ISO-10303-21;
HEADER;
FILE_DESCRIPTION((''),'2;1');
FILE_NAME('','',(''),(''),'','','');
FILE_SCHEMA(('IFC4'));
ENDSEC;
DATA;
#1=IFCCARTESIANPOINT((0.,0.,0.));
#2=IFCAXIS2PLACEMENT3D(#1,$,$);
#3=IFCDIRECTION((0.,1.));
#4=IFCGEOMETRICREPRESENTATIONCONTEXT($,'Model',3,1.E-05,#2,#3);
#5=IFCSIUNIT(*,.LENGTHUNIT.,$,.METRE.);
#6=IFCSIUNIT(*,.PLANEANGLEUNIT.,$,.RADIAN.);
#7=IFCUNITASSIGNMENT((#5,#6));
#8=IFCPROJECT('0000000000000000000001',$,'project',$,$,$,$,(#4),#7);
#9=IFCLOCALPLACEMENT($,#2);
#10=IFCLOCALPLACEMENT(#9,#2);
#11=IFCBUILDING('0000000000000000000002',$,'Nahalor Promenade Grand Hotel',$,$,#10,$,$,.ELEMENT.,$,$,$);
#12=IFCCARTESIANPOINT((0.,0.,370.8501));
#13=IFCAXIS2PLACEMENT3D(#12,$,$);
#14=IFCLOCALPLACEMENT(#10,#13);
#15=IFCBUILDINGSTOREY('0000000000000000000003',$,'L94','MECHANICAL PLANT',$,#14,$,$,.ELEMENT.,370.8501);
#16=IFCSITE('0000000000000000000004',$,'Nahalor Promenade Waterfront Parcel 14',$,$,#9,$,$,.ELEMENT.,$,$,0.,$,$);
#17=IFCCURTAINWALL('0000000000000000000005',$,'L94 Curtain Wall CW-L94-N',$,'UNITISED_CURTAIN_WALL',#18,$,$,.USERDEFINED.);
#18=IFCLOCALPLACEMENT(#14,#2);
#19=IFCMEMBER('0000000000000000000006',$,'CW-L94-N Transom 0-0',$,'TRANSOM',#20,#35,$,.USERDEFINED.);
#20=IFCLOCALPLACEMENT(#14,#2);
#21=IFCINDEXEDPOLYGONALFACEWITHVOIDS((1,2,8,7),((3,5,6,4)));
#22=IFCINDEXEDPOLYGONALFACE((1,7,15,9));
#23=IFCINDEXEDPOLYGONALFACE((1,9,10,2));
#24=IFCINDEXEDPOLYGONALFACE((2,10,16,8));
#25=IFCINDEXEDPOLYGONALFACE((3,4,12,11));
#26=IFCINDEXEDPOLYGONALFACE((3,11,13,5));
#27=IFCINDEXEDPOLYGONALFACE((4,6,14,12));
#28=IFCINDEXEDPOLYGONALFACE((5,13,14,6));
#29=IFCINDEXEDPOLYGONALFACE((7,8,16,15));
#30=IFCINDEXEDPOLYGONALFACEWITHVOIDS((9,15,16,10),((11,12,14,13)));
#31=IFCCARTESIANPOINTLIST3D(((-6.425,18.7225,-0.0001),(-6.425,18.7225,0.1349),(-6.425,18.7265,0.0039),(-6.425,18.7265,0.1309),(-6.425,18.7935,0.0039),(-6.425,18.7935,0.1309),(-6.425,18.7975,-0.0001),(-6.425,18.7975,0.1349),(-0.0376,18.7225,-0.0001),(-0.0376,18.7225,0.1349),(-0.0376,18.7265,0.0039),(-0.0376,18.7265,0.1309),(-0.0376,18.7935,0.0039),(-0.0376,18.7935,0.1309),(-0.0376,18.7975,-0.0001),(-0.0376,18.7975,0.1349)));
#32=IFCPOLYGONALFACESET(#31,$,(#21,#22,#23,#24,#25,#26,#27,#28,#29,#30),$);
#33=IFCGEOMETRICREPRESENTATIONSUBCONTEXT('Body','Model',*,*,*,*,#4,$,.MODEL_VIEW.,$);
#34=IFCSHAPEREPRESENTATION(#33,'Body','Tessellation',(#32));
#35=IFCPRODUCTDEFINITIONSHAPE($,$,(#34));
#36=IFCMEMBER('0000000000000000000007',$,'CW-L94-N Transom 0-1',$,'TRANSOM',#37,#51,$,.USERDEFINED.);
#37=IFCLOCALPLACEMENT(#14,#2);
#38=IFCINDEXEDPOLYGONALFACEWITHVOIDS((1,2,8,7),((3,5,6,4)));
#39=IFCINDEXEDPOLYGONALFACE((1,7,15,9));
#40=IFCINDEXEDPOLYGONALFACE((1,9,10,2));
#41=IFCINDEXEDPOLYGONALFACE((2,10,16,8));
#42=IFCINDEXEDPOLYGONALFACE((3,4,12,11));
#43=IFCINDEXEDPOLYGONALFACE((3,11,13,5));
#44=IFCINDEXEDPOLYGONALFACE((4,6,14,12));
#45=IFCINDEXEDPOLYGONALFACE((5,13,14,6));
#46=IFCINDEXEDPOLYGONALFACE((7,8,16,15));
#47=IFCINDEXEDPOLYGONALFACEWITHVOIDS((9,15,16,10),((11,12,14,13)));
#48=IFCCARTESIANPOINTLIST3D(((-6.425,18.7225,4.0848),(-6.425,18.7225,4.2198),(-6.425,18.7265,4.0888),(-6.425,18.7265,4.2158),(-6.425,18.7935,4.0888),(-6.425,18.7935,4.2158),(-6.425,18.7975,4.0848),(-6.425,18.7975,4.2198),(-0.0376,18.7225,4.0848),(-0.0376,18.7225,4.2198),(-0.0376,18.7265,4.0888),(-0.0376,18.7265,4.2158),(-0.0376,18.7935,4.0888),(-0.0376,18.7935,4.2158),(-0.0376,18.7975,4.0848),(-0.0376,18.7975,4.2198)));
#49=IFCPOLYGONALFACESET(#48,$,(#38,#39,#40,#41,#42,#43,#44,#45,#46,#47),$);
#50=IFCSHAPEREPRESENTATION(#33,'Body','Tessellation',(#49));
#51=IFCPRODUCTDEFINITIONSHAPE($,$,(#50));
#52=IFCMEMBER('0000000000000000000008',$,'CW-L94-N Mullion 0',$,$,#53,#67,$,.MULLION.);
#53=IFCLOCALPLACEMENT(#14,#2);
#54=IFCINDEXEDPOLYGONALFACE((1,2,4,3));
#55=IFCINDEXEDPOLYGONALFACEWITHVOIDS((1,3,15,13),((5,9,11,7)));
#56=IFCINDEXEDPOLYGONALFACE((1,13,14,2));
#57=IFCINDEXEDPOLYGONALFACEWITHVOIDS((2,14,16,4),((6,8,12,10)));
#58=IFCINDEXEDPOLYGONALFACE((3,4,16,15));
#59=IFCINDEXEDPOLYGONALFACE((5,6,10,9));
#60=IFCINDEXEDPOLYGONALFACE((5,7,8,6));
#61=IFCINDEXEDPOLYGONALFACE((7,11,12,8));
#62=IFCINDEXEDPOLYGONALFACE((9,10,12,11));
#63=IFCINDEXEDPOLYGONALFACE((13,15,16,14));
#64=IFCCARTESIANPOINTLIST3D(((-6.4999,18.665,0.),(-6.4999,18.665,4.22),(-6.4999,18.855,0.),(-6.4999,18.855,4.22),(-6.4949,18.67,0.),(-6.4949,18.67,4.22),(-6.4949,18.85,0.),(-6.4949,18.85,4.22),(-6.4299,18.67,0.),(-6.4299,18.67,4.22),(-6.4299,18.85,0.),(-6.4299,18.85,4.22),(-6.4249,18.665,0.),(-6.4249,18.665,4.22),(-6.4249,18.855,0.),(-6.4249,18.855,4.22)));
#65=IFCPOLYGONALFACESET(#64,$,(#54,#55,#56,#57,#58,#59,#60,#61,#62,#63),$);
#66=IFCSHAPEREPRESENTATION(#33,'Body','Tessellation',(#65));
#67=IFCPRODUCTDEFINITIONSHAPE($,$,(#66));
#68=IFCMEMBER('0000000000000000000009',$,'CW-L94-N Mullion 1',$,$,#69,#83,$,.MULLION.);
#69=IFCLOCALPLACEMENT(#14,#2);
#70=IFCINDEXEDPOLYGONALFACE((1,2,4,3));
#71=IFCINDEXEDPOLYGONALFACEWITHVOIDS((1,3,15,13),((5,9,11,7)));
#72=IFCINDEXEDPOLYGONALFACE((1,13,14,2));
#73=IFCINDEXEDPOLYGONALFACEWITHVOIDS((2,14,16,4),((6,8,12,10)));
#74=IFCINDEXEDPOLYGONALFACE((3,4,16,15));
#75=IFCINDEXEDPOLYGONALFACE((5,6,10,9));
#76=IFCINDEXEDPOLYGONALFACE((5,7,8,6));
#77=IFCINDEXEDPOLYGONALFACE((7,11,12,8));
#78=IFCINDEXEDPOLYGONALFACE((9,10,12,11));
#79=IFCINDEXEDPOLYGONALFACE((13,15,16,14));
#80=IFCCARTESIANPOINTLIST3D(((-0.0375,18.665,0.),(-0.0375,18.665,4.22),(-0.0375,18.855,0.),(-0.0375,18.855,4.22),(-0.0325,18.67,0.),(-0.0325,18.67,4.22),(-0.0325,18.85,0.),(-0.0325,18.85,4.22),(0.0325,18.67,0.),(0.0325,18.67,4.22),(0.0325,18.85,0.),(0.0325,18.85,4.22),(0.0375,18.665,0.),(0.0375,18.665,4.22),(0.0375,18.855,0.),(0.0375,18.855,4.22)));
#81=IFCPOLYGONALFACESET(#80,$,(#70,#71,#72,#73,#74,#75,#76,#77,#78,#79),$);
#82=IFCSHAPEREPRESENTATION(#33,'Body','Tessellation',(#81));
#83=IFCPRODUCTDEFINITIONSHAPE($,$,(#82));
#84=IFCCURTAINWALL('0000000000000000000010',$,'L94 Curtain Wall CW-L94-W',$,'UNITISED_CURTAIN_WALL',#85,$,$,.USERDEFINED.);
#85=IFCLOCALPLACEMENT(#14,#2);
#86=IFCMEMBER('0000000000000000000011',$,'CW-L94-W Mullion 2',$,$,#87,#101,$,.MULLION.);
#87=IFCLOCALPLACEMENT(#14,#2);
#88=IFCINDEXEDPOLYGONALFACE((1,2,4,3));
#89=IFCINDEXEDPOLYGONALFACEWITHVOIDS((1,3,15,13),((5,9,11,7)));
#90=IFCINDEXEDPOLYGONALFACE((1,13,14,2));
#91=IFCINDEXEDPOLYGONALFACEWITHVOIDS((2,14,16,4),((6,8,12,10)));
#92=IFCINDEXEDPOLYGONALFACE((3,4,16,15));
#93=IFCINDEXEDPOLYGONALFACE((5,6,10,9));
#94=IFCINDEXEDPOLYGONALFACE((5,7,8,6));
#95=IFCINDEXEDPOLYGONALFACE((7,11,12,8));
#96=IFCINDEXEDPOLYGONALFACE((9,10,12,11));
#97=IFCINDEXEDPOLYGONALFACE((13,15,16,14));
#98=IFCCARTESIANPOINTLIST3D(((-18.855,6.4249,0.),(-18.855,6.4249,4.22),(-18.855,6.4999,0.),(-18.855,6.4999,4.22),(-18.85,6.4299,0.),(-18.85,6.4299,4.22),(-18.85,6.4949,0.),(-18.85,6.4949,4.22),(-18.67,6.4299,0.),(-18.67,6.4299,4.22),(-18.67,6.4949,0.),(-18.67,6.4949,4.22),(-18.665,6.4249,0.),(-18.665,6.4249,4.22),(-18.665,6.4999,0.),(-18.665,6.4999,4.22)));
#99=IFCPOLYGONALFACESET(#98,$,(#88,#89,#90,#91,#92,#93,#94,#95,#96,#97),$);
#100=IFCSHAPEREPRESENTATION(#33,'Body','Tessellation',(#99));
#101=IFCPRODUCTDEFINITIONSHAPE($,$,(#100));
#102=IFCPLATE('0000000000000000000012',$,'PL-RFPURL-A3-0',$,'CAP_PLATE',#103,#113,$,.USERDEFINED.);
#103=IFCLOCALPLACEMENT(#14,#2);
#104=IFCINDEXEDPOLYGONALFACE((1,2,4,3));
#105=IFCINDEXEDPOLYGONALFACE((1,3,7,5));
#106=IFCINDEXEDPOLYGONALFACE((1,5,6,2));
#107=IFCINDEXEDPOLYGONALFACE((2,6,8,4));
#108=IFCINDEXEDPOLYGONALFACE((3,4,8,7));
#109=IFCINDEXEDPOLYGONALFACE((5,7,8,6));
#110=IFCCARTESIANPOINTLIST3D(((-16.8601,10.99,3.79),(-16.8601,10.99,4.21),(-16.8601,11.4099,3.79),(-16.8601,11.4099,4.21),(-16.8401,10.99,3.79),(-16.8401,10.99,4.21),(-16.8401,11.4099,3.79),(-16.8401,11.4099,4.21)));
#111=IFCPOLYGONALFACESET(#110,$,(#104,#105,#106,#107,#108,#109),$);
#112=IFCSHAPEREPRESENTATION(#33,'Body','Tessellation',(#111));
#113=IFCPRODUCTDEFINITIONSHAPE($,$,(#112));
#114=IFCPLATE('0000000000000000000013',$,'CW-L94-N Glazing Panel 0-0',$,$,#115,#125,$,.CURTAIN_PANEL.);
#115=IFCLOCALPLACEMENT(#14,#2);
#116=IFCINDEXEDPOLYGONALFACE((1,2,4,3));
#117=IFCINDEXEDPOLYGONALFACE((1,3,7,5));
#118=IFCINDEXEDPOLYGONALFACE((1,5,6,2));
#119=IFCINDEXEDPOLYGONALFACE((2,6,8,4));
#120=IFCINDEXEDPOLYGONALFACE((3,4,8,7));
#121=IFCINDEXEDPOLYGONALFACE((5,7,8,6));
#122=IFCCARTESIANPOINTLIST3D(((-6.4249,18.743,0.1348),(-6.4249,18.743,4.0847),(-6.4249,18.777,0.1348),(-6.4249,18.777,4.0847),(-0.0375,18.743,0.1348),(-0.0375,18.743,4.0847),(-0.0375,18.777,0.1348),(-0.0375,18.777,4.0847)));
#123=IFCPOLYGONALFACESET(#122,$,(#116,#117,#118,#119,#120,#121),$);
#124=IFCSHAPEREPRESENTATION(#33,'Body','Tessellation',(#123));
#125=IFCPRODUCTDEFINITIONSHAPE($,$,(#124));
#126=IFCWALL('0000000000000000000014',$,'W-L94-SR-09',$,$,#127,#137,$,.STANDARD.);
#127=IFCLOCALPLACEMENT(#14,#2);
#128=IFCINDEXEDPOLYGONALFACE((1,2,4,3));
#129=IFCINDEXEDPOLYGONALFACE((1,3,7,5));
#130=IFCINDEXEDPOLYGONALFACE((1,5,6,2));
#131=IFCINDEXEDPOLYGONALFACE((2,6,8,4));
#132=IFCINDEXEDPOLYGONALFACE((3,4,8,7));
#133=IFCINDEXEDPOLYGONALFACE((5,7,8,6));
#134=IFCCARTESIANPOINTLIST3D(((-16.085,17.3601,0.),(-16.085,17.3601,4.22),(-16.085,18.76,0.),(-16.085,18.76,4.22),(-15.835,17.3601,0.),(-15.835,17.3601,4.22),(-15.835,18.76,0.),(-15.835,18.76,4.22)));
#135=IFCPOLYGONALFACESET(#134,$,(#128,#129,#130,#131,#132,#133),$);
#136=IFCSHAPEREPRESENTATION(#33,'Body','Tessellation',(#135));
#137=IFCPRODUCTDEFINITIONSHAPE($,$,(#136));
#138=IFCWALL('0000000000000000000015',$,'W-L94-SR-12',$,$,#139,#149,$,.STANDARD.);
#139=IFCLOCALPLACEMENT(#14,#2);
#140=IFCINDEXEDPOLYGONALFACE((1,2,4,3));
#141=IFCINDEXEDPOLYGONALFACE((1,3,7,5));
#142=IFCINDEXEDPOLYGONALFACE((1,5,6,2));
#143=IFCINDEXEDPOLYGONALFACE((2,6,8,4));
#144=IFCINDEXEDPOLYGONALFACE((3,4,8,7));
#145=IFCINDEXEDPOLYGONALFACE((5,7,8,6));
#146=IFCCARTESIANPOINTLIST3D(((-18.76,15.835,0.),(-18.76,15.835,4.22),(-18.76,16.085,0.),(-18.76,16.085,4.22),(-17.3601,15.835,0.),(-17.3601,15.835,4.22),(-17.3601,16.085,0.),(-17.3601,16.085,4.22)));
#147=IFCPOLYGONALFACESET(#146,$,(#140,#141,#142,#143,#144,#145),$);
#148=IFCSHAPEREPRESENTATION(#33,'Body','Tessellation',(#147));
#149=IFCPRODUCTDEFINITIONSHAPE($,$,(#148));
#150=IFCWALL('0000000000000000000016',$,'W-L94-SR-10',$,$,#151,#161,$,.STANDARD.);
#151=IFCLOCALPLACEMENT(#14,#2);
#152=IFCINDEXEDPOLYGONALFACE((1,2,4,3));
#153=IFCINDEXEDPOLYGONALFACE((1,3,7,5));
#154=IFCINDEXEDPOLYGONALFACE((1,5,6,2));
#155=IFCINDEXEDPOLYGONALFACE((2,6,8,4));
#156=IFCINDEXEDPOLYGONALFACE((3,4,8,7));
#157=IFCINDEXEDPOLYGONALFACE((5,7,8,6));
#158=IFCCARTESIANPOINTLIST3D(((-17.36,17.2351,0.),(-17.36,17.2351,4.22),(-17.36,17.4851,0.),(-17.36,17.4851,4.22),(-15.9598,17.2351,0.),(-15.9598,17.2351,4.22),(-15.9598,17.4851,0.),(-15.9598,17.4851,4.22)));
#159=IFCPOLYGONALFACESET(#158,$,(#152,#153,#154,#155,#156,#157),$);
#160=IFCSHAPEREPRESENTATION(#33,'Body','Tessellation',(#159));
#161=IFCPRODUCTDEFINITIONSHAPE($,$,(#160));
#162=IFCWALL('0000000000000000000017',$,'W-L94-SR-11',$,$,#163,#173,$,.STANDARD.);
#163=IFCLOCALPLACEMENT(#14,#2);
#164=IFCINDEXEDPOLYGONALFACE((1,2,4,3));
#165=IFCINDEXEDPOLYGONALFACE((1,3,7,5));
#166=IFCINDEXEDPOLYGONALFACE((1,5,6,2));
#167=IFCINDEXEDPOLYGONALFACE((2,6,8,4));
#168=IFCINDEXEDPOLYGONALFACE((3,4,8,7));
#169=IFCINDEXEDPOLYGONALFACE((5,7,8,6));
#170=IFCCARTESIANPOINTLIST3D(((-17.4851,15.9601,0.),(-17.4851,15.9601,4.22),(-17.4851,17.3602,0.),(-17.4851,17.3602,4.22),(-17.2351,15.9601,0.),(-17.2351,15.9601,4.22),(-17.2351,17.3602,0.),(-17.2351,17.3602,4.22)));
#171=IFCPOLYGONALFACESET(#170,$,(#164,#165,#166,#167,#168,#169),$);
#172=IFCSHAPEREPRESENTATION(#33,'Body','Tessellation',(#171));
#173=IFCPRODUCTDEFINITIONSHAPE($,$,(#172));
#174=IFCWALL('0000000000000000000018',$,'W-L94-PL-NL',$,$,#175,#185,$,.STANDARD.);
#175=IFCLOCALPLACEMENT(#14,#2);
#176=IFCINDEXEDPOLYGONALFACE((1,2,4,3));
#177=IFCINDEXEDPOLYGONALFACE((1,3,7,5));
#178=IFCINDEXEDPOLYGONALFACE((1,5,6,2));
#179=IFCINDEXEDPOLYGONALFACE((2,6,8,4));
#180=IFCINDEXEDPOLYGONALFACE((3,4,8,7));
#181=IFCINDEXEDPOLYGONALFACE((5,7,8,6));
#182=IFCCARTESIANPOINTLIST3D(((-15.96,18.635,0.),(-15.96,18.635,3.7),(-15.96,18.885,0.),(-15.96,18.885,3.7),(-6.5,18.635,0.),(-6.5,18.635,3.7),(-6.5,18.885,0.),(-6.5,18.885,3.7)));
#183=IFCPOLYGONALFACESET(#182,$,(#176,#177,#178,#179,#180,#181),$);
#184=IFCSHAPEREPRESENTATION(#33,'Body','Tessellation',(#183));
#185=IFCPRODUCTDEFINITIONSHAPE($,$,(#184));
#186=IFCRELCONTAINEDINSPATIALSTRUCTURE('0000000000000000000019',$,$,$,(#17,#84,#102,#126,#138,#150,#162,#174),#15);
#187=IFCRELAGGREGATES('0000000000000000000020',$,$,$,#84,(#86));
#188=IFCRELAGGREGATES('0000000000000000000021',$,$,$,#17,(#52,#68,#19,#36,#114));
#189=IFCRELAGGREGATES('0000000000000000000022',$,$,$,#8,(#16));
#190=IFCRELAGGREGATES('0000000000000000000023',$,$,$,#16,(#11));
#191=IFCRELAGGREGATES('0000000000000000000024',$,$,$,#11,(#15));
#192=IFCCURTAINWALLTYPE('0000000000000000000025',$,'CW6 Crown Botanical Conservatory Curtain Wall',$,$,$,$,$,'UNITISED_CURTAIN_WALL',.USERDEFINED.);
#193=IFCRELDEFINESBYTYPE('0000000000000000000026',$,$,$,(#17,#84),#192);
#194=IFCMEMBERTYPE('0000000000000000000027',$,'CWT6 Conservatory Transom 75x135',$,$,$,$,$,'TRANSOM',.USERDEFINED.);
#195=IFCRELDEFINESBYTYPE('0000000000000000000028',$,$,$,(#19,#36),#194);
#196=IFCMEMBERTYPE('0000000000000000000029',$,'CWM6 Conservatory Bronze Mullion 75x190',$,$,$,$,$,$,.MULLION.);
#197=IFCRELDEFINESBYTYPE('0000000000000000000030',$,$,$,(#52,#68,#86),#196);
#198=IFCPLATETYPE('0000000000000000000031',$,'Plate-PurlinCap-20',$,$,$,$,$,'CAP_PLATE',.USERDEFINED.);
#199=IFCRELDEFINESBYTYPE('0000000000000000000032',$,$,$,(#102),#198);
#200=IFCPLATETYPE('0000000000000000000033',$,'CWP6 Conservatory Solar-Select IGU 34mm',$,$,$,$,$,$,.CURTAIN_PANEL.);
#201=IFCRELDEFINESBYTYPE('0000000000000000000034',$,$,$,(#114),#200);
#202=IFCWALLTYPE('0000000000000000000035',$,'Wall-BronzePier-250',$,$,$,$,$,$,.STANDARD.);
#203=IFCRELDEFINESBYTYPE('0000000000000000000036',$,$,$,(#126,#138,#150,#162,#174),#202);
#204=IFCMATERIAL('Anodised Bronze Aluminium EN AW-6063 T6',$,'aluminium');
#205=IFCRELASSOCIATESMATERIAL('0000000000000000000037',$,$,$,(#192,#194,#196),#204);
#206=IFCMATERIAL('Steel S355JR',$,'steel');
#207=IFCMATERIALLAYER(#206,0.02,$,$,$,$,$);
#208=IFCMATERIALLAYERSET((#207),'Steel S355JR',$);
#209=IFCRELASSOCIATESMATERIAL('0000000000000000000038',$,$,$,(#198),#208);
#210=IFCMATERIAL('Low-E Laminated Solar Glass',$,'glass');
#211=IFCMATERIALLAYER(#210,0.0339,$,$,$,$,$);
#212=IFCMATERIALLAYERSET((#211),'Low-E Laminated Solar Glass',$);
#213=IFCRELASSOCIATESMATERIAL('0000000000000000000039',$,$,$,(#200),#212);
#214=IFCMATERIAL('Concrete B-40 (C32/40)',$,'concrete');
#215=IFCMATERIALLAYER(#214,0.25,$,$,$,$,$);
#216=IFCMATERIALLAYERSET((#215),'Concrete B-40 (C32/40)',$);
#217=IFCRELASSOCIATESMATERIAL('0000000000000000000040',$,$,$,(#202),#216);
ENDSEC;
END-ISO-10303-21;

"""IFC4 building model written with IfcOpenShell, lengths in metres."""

from ifc_helpers import new_model, si_unit, direction, frame, frame_2d, origin, origin_2d, place, context, subcontext, project, spatial, rectangle, hollow_rectangle, extrude, source, transform, mapped, material, layer, layer_set, material_profile, profile_set, type_object, element, aggregate, save


model = new_model("IFC4")

# Units and contexts
model_context = context("Model", 3, precision=1e-05, world=origin(), true_north=direction((0.0, 1.0)))
body_context = subcontext(model_context, "Body", "Model", "MODEL_VIEW")
ifc_project = project(units=[si_unit("LENGTHUNIT", "METRE"), si_unit("PLANEANGLEUNIT", "RADIAN")], contexts=[model_context])

# Site, building, storey
site_placement = place(None, origin())
site = spatial("IfcSite", under=ifc_project, at=site_placement, Name="Nahalor Promenade Waterfront Parcel 14", CompositionType="ELEMENT", RefElevation=0.0)
building_placement = place(site_placement, origin())
building = spatial("IfcBuilding", under=site, at=building_placement, Name="Nahalor Promenade Grand Hotel", CompositionType="ELEMENT")
storey_placement = place(building_placement, frame((0.0, 0.0, 370.8501)))
storey = spatial("IfcBuildingStorey", under=building, at=storey_placement, Name="L94", Description="MECHANICAL PLANT", CompositionType="ELEMENT", Elevation=370.8501)

# Shared definitions
ifc_material_1 = material(Name="Steel S355JR", Category="steel")

# Curtain wall, members
ifc_material_2 = material(Name="Anodised Bronze Aluminium EN AW-6063 T6", Category="aluminium")
curtain_wall_type = type_object("IfcCurtainWallType", Name="CW6 Crown Botanical Conservatory Curtain Wall", ElementType="UNITISED_CURTAIN_WALL", PredefinedType="USERDEFINED", material=ifc_material_2)
curtain_wall_1_placement = place(storey_placement, origin())
curtain_wall_1 = element("IfcCurtainWall", 1, at=curtain_wall_1_placement, inside=storey, type_object=curtain_wall_type, Name="L94 Curtain Wall CW-L94-N", ObjectType="UNITISED_CURTAIN_WALL", PredefinedType="USERDEFINED")
ifc_material_profile_1 = material_profile(ifc_material_2, hollow_rectangle(XDim=0.075, YDim=0.135, WallThickness=0.004, at=origin_2d()), Name="CWT 75x135x4")
ifc_profile_set_1 = profile_set([ifc_material_profile_1], Name="Anodised Bronze Aluminium EN AW-6063 T6")
member_type_1 = type_object("IfcMemberType", Name="CWT6 Conservatory Transom 75x135", ElementType="TRANSOM", PredefinedType="USERDEFINED", material=ifc_profile_set_1)
shared_shape_1 = source(origin(), body_context, "Body", "SweptSolid", [
    extrude(hollow_rectangle(XDim=0.075, YDim=0.135, WallThickness=0.004, at=origin_2d()), origin(), (0.0, 0.0, 1.0), 6.3875),
])
member_1_placement = place(storey_placement, frame((-6.425, 18.76, 0.0674), z_axis=(1.0, 0.0, 0.0), x_axis=(0.0, 1.0, 0.0)))
member_1 = element("IfcMember", 2, at=member_1_placement, type_object=member_type_1, Name="CW-L94-N Transom 0-0", ObjectType="TRANSOM", PredefinedType="USERDEFINED", context=body_context, shape_type="MappedRepresentation", body=[
    mapped(shared_shape_1, transform((0.0, 0.0, 0.0), scale=1.0)),
])
member_2_placement = place(storey_placement, frame((-6.425, 18.76, 4.1523), z_axis=(1.0, 0.0, 0.0), x_axis=(0.0, 1.0, 0.0)))
member_2 = element("IfcMember", 3, at=member_2_placement, type_object=member_type_1, Name="CW-L94-N Transom 0-1", ObjectType="TRANSOM", PredefinedType="USERDEFINED", context=body_context, shape_type="MappedRepresentation", body=[
    mapped(shared_shape_1, transform((0.0, 0.0, 0.0), scale=1.0)),
])
ifc_material_profile_2 = material_profile(ifc_material_2, hollow_rectangle(XDim=0.075, YDim=0.19, WallThickness=0.005, at=origin_2d()), Name="CWM 75x190x5")
ifc_profile_set_2 = profile_set([ifc_material_profile_2], Name="Anodised Bronze Aluminium EN AW-6063 T6")
member_type_2 = type_object("IfcMemberType", Name="CWM6 Conservatory Bronze Mullion 75x190", PredefinedType="MULLION", material=ifc_profile_set_2)
shared_shape_2 = source(origin(), body_context, "Body", "SweptSolid", [
    extrude(hollow_rectangle(XDim=0.075, YDim=0.19, WallThickness=0.005, at=origin_2d()), origin(), (0.0, 0.0, 1.0), 4.22),
])
member_3_placement = place(storey_placement, frame((-6.4624, 18.76, 0.0), z_axis=(0.0, 0.0, 1.0), x_axis=(1.0, 0.0, 0.0)))
member_3 = element("IfcMember", 4, at=member_3_placement, type_object=member_type_2, Name="CW-L94-N Mullion 0", PredefinedType="MULLION", context=body_context, shape_type="MappedRepresentation", body=[
    mapped(shared_shape_2, transform((0.0, 0.0, 0.0), scale=1.0)),
])
member_4_placement = place(storey_placement, frame((0.0, 18.76, 0.0), z_axis=(0.0, 0.0, 1.0), x_axis=(1.0, 0.0, 0.0)))
member_4 = element("IfcMember", 5, at=member_4_placement, type_object=member_type_2, Name="CW-L94-N Mullion 1", PredefinedType="MULLION", context=body_context, shape_type="MappedRepresentation", body=[
    mapped(shared_shape_2, transform((0.0, 0.0, 0.0), scale=1.0)),
])

# Curtain wall, member
curtain_wall_2_placement = place(storey_placement, origin())
curtain_wall_2 = element("IfcCurtainWall", 6, at=curtain_wall_2_placement, inside=storey, type_object=curtain_wall_type, Name="L94 Curtain Wall CW-L94-W", ObjectType="UNITISED_CURTAIN_WALL", PredefinedType="USERDEFINED")
member_5_placement = place(storey_placement, frame((-18.76, 6.4624, 0.0), z_axis=(0.0, 0.0, 1.0), x_axis=(0.0, 1.0, 0.0)))
member_5 = element("IfcMember", 7, at=member_5_placement, type_object=member_type_2, Name="CW-L94-W Mullion 2", PredefinedType="MULLION", context=body_context, shape_type="MappedRepresentation", body=[
    mapped(shared_shape_2, transform((0.0, 0.0, 0.0), scale=1.0)),
])
aggregate(curtain_wall_2, [member_5])

# Plates
ifc_layer_1 = layer(ifc_material_1, 0.02)
ifc_layer_set_1 = layer_set([ifc_layer_1], Name="Steel S355JR")
plate_type_1 = type_object("IfcPlateType", Name="Plate-PurlinCap-20", ElementType="CAP_PLATE", PredefinedType="USERDEFINED", material=ifc_layer_set_1)
shared_shape_3 = source(origin(), body_context, "Body", "SweptSolid", [
    extrude(rectangle(XDim=0.4199, YDim=0.02, at=origin_2d()), origin(), (0.0, 0.0, 1.0), 0.4199),
])
plate_1_placement = place(storey_placement, frame((-16.8501, 11.2, 3.79), z_axis=(0.0, 0.0, 1.0), x_axis=(0.0, 1.0, 0.0)))
element("IfcPlate", 8, at=plate_1_placement, inside=storey, type_object=plate_type_1, Name="PL-RFPURL-A3-0", ObjectType="CAP_PLATE", PredefinedType="USERDEFINED", context=body_context, shape_type="MappedRepresentation", body=[
    mapped(shared_shape_3, transform((0.0, 0.0, 0.0), scale=1.0)),
])
ifc_material_3 = material(Name="Low-E Laminated Solar Glass", Category="glass")
ifc_layer_2 = layer(ifc_material_3, 0.0339)
ifc_layer_set_2 = layer_set([ifc_layer_2], Name="Low-E Laminated Solar Glass")
plate_type_2 = type_object("IfcPlateType", Name="CWP6 Conservatory Solar-Select IGU 34mm", PredefinedType="CURTAIN_PANEL", material=ifc_layer_set_2)
shared_shape_4 = source(origin(), body_context, "Body", "SweptSolid", [
    extrude(rectangle(XDim=6.3875, YDim=0.0339, at=origin_2d()), origin(), (0.0, 0.0, 1.0), 3.95),
])
plate_2_placement = place(storey_placement, frame((-3.2312, 18.76, 0.1348), z_axis=(0.0, 0.0, 1.0), x_axis=(1.0, 0.0, 0.0)))
plate_2 = element("IfcPlate", 9, at=plate_2_placement, type_object=plate_type_2, Name="CW-L94-N Glazing Panel 0-0", PredefinedType="CURTAIN_PANEL", context=body_context, shape_type="MappedRepresentation", body=[
    mapped(shared_shape_4, transform((0.0, 0.0, 0.0), scale=1.0)),
])
aggregate(curtain_wall_1, [member_3, member_4, member_1, member_2, plate_2])

# Walls
ifc_material_4 = material(Name="Concrete B-40 (C32/40)", Category="concrete")
ifc_layer_3 = layer(ifc_material_4, 0.25)
ifc_layer_set_3 = layer_set([ifc_layer_3], Name="Concrete B-40 (C32/40)")
wall_type_1 = type_object("IfcWallType", Name="Wall-BronzePier-250", PredefinedType="STANDARD", material=ifc_layer_set_3)
shared_shape_5 = source(origin(), body_context, "Body", "SweptSolid", [
    extrude(rectangle(XDim=1.3999, YDim=0.25, at=frame_2d((0.7, 0.0))), origin(), (0.0, 0.0, 1.0), 4.22),
])
for number, where, z_axis, x_axis, name in (
    (10, (-15.96, 17.3601, 0.0), (0.0, 0.0, 1.0), (0.0, 1.0, 0.0), "W-L94-SR-09"),
    (11, (-18.76, 15.96, 0.0), (0.0, 0.0, 1.0), (1.0, 0.0, 0.0), "W-L94-SR-12"),
):
    element("IfcWall", number, at=place(storey_placement, frame(where, z_axis=z_axis, x_axis=x_axis)), inside=storey, type_object=wall_type_1, Name=name, PredefinedType="STANDARD", context=body_context, shape_type="MappedRepresentation", body=[
        mapped(shared_shape_5, transform((0.0, 0.0, 0.0), scale=1.0)),
    ])
shared_shape_6 = source(origin(), body_context, "Body", "SweptSolid", [
    extrude(rectangle(XDim=1.4001, YDim=0.25, at=frame_2d((0.7002, 0.0))), origin(), (0.0, 0.0, 1.0), 4.22),
])
for number, where, z_axis, x_axis, name in (
    (12, (-17.3601, 17.3601, 0.0), (0.0, 0.0, 1.0), (1.0, 0.0, 0.0), "W-L94-SR-10"),
    (13, (-17.3601, 15.96, 0.0), (0.0, 0.0, 1.0), (0.0, 1.0, 0.0), "W-L94-SR-11"),
):
    element("IfcWall", number, at=place(storey_placement, frame(where, z_axis=z_axis, x_axis=x_axis)), inside=storey, type_object=wall_type_1, Name=name, PredefinedType="STANDARD", context=body_context, shape_type="MappedRepresentation", body=[
        mapped(shared_shape_6, transform((0.0, 0.0, 0.0), scale=1.0)),
    ])
shared_shape_7 = source(origin(), body_context, "Body", "SweptSolid", [
    extrude(rectangle(XDim=9.46, YDim=0.25, at=frame_2d((4.73, 0.0))), origin(), (0.0, 0.0, 1.0), 3.7),
])
for number, where, z_axis, x_axis, name in (
    (14, (-15.96, 18.76, 0.0), (0.0, 0.0, 1.0), (1.0, 0.0, 0.0), "W-L94-PL-NL"),
):
    element("IfcWall", number, at=place(storey_placement, frame(where, z_axis=z_axis, x_axis=x_axis)), inside=storey, type_object=wall_type_1, Name=name, PredefinedType="STANDARD", context=body_context, shape_type="MappedRepresentation", body=[
        mapped(shared_shape_7, transform((0.0, 0.0, 0.0), scale=1.0)),
    ])

save(model, "model.ifc")
